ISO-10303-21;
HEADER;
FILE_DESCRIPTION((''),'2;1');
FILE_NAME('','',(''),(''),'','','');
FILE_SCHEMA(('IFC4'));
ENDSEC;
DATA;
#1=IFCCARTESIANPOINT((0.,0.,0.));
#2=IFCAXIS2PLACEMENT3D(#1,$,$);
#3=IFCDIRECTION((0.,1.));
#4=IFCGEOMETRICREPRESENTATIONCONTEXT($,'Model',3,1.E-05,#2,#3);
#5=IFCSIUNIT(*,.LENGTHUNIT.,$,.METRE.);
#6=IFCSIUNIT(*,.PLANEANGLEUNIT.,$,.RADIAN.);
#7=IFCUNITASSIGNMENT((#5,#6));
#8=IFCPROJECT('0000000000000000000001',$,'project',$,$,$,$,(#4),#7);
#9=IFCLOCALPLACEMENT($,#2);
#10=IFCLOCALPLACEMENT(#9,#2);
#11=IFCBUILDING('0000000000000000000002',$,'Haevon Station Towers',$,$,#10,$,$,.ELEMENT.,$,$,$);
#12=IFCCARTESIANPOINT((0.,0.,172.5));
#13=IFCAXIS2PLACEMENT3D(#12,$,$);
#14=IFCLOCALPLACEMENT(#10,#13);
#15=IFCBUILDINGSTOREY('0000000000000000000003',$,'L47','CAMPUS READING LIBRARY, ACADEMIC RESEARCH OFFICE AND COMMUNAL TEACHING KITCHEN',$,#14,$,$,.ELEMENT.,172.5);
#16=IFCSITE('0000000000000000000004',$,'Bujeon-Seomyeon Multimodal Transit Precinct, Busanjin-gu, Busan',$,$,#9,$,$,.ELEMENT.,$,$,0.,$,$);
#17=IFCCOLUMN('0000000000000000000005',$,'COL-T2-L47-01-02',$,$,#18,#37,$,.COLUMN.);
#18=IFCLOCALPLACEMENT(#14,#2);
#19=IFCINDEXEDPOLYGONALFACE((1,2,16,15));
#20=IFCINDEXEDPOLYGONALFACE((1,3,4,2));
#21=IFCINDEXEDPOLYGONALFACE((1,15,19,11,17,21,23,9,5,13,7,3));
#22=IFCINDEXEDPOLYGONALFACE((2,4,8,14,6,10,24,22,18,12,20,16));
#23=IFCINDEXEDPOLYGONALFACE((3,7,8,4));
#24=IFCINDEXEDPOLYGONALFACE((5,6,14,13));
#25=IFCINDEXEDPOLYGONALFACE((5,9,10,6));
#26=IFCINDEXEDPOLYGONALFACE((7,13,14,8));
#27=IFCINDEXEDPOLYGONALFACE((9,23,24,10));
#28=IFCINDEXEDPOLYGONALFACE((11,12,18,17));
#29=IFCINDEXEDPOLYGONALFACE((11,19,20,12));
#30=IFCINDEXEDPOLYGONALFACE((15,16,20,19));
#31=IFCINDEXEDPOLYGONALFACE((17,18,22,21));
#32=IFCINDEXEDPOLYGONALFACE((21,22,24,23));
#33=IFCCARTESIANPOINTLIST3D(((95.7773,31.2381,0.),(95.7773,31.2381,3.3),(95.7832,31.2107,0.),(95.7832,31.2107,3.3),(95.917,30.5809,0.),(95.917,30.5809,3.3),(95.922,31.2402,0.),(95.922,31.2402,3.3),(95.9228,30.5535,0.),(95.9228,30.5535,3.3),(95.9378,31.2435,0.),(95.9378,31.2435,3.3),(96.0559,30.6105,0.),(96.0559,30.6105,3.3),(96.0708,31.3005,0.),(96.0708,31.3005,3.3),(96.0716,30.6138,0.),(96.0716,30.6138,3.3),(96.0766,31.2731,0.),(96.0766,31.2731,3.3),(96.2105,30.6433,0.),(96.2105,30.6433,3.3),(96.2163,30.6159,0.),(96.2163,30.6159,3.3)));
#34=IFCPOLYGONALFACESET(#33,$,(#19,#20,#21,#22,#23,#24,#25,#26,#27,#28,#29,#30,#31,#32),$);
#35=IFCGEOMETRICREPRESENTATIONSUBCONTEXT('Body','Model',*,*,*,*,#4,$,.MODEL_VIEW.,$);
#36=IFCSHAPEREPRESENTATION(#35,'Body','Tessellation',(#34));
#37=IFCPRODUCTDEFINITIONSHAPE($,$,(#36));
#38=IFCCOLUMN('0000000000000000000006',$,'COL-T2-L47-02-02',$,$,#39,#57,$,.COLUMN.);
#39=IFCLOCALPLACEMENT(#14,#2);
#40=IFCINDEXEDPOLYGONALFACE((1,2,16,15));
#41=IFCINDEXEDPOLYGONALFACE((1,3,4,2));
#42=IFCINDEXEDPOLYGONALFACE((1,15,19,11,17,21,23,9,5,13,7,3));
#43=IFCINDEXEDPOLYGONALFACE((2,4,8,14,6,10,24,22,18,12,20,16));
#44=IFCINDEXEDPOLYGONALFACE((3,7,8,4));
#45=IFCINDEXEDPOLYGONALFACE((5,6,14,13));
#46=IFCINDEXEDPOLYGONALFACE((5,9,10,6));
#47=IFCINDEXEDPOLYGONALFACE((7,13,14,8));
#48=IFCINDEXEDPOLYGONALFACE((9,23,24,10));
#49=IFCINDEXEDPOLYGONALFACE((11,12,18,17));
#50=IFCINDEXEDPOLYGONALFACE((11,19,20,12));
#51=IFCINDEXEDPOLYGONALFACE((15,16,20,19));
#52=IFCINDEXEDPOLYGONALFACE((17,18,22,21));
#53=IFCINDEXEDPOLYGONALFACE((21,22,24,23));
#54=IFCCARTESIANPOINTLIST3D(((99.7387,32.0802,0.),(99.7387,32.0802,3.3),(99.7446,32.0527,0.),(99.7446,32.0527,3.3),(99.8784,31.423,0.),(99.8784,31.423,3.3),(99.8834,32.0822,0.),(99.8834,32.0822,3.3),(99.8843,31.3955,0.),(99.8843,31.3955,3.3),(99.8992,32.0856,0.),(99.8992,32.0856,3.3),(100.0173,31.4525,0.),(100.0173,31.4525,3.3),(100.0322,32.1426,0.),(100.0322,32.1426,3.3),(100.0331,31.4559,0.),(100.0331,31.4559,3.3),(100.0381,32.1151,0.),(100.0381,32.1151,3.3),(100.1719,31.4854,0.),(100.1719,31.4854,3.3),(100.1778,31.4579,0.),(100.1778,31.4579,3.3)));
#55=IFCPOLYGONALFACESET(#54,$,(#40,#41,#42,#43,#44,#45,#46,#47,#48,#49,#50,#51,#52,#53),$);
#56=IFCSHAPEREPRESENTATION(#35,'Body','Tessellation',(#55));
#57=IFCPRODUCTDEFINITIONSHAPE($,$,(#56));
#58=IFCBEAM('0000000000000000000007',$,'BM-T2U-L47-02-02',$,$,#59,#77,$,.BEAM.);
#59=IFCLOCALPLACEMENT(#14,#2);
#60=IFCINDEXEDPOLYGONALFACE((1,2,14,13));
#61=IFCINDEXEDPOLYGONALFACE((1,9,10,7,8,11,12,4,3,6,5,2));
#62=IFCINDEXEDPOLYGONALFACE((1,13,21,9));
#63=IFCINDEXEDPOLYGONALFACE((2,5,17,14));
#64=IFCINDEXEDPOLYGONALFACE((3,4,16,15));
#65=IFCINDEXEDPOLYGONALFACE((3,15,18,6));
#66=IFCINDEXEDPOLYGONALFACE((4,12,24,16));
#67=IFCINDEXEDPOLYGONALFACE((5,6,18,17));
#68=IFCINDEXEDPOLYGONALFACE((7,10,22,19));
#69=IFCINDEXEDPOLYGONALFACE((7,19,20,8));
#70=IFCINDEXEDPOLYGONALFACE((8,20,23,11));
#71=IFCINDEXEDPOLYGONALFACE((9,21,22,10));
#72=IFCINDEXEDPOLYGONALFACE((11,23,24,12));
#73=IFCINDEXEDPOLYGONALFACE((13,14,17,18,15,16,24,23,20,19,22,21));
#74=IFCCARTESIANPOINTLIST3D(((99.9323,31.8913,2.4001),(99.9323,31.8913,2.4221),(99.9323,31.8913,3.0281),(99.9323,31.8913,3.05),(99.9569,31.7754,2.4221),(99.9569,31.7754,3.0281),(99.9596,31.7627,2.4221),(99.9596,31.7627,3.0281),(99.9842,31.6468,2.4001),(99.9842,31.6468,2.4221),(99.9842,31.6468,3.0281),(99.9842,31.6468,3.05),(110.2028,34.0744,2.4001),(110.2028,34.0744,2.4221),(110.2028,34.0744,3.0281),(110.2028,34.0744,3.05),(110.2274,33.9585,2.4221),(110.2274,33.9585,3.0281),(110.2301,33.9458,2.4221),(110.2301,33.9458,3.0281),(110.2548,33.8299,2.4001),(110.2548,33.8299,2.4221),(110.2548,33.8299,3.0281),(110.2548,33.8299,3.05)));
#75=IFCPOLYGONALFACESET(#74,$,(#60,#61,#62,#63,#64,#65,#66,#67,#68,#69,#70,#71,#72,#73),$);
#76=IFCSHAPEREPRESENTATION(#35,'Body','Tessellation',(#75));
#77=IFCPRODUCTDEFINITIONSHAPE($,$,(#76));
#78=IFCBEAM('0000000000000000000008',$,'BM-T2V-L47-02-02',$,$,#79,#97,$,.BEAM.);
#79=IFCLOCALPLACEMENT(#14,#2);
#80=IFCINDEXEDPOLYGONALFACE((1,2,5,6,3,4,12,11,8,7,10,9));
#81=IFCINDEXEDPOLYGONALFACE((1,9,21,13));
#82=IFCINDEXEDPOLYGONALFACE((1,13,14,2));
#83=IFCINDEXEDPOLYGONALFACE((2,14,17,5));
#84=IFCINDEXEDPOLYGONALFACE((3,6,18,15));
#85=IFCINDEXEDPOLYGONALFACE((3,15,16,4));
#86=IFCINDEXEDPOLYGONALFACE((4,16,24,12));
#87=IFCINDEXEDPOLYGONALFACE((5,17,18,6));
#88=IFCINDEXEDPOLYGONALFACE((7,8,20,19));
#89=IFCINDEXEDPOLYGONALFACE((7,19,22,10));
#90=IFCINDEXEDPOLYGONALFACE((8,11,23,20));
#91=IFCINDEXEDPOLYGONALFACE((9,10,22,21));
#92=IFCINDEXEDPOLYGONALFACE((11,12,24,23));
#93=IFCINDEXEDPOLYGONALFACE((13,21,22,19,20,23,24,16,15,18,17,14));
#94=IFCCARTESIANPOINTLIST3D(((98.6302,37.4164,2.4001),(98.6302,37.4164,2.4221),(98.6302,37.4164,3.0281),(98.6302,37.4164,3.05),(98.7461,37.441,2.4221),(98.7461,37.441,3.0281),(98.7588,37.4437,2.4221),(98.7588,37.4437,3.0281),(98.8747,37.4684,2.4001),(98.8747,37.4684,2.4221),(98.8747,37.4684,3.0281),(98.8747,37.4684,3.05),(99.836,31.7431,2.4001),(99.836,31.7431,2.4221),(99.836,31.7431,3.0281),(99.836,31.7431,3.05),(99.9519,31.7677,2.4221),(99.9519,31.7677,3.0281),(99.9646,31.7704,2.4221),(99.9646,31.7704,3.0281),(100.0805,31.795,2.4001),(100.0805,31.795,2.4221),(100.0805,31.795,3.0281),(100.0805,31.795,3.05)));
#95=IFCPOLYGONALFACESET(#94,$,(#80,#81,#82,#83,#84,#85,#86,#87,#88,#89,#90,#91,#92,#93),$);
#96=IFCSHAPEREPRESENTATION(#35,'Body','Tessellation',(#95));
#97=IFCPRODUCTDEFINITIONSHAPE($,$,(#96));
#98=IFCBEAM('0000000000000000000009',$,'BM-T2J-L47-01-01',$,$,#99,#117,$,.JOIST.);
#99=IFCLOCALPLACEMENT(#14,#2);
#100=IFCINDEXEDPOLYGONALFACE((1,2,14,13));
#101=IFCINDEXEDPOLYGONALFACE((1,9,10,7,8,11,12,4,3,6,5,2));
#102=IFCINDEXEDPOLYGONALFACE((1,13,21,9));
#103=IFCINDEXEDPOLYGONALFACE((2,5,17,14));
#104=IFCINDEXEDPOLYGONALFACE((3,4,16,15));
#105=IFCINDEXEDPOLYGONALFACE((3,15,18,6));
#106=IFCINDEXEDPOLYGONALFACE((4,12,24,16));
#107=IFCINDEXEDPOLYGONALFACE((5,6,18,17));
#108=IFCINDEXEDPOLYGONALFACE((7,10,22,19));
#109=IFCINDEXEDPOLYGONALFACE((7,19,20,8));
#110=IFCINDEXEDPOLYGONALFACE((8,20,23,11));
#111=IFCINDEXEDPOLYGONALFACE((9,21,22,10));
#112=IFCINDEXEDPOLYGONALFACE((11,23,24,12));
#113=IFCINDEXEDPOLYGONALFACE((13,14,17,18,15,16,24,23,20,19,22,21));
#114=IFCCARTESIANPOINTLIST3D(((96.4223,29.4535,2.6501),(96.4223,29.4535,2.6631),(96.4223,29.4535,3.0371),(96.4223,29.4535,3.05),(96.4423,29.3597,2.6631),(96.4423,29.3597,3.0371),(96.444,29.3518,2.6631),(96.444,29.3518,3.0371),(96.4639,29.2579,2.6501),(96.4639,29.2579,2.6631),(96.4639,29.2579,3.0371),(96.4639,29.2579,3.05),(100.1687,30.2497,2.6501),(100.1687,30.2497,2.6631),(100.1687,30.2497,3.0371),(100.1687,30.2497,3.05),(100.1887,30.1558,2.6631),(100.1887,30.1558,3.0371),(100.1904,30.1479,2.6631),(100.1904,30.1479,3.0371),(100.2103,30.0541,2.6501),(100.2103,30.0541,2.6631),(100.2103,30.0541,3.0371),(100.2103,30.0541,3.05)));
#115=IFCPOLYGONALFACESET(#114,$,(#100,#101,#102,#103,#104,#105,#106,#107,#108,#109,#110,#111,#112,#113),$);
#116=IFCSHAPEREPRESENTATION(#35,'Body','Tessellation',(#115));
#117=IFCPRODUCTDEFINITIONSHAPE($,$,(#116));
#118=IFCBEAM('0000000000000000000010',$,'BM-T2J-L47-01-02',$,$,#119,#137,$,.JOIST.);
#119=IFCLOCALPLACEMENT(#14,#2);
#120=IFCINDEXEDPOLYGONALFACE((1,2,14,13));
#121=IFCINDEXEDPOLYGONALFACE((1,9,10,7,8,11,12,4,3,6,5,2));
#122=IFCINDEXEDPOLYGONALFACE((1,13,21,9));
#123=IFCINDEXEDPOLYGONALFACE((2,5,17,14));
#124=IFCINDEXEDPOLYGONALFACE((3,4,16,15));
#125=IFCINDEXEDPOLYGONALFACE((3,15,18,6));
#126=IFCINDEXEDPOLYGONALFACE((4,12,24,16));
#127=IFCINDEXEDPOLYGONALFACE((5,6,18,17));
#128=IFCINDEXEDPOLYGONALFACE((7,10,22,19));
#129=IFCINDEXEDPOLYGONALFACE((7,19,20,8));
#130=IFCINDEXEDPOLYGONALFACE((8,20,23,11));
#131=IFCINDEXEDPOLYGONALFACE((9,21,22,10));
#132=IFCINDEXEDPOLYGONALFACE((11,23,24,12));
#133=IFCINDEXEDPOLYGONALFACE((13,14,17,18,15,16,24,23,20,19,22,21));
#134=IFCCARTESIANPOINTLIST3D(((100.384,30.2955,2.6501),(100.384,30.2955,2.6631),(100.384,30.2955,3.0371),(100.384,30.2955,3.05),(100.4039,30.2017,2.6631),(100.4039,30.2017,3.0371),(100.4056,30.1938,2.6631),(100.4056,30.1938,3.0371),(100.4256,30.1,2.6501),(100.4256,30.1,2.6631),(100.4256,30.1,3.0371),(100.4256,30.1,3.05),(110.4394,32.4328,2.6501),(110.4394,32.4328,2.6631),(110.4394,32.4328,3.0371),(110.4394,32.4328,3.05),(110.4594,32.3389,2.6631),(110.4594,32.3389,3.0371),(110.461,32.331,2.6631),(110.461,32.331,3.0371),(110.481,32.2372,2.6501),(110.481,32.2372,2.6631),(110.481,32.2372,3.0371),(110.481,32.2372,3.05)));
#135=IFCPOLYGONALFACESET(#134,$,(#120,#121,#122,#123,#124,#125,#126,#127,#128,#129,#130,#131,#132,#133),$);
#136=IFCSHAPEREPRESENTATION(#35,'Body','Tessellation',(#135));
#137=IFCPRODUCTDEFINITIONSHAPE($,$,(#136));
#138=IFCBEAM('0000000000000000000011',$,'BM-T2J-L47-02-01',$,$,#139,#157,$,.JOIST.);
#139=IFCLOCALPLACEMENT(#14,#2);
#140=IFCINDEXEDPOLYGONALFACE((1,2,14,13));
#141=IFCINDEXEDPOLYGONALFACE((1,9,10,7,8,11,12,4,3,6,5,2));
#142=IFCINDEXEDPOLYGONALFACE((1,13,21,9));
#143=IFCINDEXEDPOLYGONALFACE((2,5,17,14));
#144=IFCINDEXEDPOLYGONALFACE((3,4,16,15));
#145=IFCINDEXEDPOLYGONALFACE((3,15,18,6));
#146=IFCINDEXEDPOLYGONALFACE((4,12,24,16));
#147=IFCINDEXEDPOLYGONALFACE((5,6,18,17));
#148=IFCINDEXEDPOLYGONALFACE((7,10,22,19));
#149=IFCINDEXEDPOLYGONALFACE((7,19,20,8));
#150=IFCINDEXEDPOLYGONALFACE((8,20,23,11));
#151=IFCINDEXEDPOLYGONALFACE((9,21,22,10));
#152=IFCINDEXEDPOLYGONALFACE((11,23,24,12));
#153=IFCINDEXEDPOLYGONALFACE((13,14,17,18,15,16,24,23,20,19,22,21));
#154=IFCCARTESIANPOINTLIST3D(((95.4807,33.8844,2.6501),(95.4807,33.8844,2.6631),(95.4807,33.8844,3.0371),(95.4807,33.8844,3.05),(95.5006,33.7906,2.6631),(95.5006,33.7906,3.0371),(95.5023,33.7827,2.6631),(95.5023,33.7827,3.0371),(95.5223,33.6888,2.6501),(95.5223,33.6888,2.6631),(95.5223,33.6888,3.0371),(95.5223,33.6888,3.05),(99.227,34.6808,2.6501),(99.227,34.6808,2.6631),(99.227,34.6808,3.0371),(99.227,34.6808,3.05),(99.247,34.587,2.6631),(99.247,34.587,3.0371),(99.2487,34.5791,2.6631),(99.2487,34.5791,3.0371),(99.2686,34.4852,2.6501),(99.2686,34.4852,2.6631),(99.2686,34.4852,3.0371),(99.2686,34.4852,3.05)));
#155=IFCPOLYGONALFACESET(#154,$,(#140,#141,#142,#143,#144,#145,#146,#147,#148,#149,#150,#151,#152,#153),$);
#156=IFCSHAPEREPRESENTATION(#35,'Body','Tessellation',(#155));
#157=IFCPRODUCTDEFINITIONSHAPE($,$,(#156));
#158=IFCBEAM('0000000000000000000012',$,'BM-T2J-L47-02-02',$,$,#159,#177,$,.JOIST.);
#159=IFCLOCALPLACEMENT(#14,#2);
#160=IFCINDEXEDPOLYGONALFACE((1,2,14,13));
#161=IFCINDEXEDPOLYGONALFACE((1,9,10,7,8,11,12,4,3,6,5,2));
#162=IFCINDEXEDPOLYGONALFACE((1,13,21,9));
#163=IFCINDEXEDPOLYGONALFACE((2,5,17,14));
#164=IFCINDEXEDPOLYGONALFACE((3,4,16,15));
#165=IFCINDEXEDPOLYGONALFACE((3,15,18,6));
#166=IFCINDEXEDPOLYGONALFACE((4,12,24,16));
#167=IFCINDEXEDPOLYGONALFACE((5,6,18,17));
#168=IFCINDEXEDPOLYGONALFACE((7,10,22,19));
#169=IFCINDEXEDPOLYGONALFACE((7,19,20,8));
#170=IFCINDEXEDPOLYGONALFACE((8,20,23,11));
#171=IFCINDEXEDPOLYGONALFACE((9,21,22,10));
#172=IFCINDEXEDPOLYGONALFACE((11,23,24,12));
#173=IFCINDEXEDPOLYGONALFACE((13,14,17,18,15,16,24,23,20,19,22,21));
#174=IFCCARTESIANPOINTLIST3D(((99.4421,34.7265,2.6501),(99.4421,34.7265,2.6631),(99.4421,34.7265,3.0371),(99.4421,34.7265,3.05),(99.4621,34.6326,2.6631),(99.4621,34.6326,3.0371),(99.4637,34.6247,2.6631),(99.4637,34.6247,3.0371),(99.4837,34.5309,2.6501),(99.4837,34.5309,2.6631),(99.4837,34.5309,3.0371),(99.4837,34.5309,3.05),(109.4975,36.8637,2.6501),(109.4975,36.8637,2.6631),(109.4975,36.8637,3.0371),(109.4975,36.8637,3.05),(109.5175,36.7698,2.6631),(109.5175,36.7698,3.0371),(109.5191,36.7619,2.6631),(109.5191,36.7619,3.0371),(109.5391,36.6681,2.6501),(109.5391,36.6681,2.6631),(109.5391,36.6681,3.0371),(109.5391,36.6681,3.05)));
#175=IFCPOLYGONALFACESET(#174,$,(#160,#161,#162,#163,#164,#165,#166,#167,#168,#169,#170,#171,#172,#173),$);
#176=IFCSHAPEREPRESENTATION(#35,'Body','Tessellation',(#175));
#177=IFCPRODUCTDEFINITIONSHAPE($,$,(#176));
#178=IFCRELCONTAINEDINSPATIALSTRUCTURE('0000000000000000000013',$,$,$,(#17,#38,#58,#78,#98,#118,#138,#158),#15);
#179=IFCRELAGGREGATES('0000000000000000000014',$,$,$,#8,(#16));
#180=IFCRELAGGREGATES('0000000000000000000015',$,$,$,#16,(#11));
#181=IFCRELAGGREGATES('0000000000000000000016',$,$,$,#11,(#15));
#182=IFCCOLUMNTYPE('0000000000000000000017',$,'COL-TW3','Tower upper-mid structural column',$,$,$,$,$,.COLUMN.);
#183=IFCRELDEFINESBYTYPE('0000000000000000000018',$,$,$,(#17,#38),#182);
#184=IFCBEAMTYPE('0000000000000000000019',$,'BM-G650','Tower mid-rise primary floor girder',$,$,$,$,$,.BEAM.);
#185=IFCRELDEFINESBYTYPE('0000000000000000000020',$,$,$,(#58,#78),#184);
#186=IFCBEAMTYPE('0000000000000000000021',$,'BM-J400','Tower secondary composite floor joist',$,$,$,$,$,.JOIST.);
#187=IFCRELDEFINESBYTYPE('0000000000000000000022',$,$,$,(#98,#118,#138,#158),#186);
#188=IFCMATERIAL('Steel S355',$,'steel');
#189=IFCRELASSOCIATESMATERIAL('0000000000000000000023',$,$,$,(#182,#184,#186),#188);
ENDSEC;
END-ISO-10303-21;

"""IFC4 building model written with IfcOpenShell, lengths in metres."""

from ifc_helpers import new_model, si_unit, direction, frame, origin, origin_2d, place, context, subcontext, project, spatial, i_section, extrude, material, material_profile, profile_set, type_object, element, save


model = new_model("IFC4")

# Units and contexts
model_context = context("Model", 3, precision=1e-05, world=origin(), true_north=direction((0.0, 1.0)))
body_context = subcontext(model_context, "Body", "Model", "MODEL_VIEW")
ifc_project = project(units=[si_unit("LENGTHUNIT", "METRE"), si_unit("PLANEANGLEUNIT", "RADIAN")], contexts=[model_context])

# Site, building, storey
site_placement = place(None, origin())
site = spatial("IfcSite", under=ifc_project, at=site_placement, Name="Bujeon-Seomyeon Multimodal Transit Precinct, Busanjin-gu, Busan", CompositionType="ELEMENT", RefElevation=0.0)
building_placement = place(site_placement, origin())
building = spatial("IfcBuilding", under=site, at=building_placement, Name="Haevon Station Towers", CompositionType="ELEMENT")
storey_placement = place(building_placement, frame((0.0, 0.0, 172.5)))
storey = spatial("IfcBuildingStorey", under=building, at=storey_placement, Name="L47", Description="CAMPUS READING LIBRARY, ACADEMIC RESEARCH OFFICE AND COMMUNAL TEACHING KITCHEN", CompositionType="ELEMENT", Elevation=172.5)

# Columns
ifc_material_1 = material(Name="Steel S355", Category="steel")
ifc_material_profile_1 = material_profile(ifc_material_1, i_section(OverallWidth=0.3, OverallDepth=0.7, WebThickness=0.0161, FlangeThickness=0.0281, at=origin_2d()), Name="H-700x300x16x28")
ifc_profile_set_1 = profile_set([ifc_material_profile_1], Name="Steel S355")
column_type = type_object("IfcColumnType", Name="COL-TW3", Description="Tower upper-mid structural column", PredefinedType="COLUMN", material=ifc_profile_set_1)
for number, where, z_axis, x_axis, name in (
    (1, (95.9968, 30.927, 0.0), (0.0, 0.0, 1.0), (0.978148, 0.207912, 0.0), "COL-T2-L47-01-02"),
    (2, (99.9583, 31.769, 0.0), (0.0, 0.0, 1.0), (0.978148, 0.207912, 0.0), "COL-T2-L47-02-02"),
):
    element("IfcColumn", number, at=place(storey_placement, frame(where, z_axis=z_axis, x_axis=x_axis)), inside=storey, type_object=column_type, Name=name, PredefinedType="COLUMN", context=body_context, shape_type="SweptSolid", body=[
        extrude(i_section(OverallWidth=0.3, OverallDepth=0.7, WebThickness=0.0161, FlangeThickness=0.0281, at=origin_2d()), origin(), (0.0, 0.0, 1.0), 3.3),
    ])

# Beams
ifc_material_profile_2 = material_profile(ifc_material_1, i_section(OverallWidth=0.25, OverallDepth=0.6499, WebThickness=0.0129, FlangeThickness=0.022, at=origin_2d()), Name="H-650x250x13x22")
ifc_profile_set_2 = profile_set([ifc_material_profile_2], Name="Steel S355")
beam_type_1 = type_object("IfcBeamType", Name="BM-G650", Description="Tower mid-rise primary floor girder", PredefinedType="BEAM", material=ifc_profile_set_2)
beam_1_placement = place(storey_placement, frame((99.9583, 31.769, 2.7251), z_axis=(0.978147, 0.207915, 0.0), x_axis=(-0.207915, 0.978147, 0.0)))
element("IfcBeam", 3, at=beam_1_placement, inside=storey, type_object=beam_type_1, Name="BM-T2U-L47-02-02", PredefinedType="BEAM", context=body_context, shape_type="SweptSolid", body=[
    extrude(i_section(OverallWidth=0.25, OverallDepth=0.6499, WebThickness=0.0129, FlangeThickness=0.022, at=origin_2d()), origin(), (0.0, 0.0, 1.0), 10.5),
])
beam_2_placement = place(storey_placement, frame((99.9583, 31.769, 2.7251), z_axis=(-0.207896, 0.978151, 0.0), x_axis=(-0.978151, -0.207896, 0.0)))
element("IfcBeam", 4, at=beam_2_placement, inside=storey, type_object=beam_type_1, Name="BM-T2V-L47-02-02", PredefinedType="BEAM", context=body_context, shape_type="SweptSolid", body=[
    extrude(i_section(OverallWidth=0.25, OverallDepth=0.6499, WebThickness=0.0129, FlangeThickness=0.022, at=origin_2d()), origin(), (0.0, 0.0, 1.0), 5.8),
])
ifc_material_profile_3 = material_profile(ifc_material_1, i_section(OverallWidth=0.2, OverallDepth=0.3999, WebThickness=0.0081, FlangeThickness=0.0129, at=origin_2d()), Name="H-400x200x8x13")
ifc_profile_set_3 = profile_set([ifc_material_profile_3], Name="Steel S355")
beam_type_2 = type_object("IfcBeamType", Name="BM-J400", Description="Tower secondary composite floor joist", PredefinedType="JOIST", material=ifc_profile_set_3)
beam_3_placement = place(storey_placement, frame((96.4431, 29.3557, 2.8501), z_axis=(0.978156, 0.20787, 0.0), x_axis=(-0.20787, 0.978156, 0.0)))
element("IfcBeam", 5, at=beam_3_placement, inside=storey, type_object=beam_type_2, Name="BM-T2J-L47-01-01", PredefinedType="JOIST", context=body_context, shape_type="SweptSolid", body=[
    extrude(i_section(OverallWidth=0.2, OverallDepth=0.3999, WebThickness=0.0081, FlangeThickness=0.0129, at=origin_2d()), origin(), (0.0, 0.0, 1.0), 3.8301),
])
beam_4_placement = place(storey_placement, frame((100.4048, 30.1978, 2.8501), z_axis=(0.97815, 0.207899, 0.0), x_axis=(-0.207899, 0.97815, 0.0)))
element("IfcBeam", 6, at=beam_4_placement, inside=storey, type_object=beam_type_2, Name="BM-T2J-L47-01-02", PredefinedType="JOIST", context=body_context, shape_type="SweptSolid", body=[
    extrude(i_section(OverallWidth=0.2, OverallDepth=0.3999, WebThickness=0.0081, FlangeThickness=0.0129, at=origin_2d()), origin(), (0.0, 0.0, 1.0), 10.28),
])
beam_5_placement = place(storey_placement, frame((95.5015, 33.7866, 2.8501), z_axis=(0.978143, 0.207931, 0.0), x_axis=(-0.207931, 0.978143, 0.0)))
element("IfcBeam", 7, at=beam_5_placement, inside=storey, type_object=beam_type_2, Name="BM-T2J-L47-02-01", PredefinedType="JOIST", context=body_context, shape_type="SweptSolid", body=[
    extrude(i_section(OverallWidth=0.2, OverallDepth=0.3999, WebThickness=0.0081, FlangeThickness=0.0129, at=origin_2d()), origin(), (0.0, 0.0, 1.0), 3.8301),
])
beam_6_placement = place(storey_placement, frame((99.4629, 34.6287, 2.8501), z_axis=(0.97815, 0.207899, 0.0), x_axis=(-0.207899, 0.97815, 0.0)))
element("IfcBeam", 8, at=beam_6_placement, inside=storey, type_object=beam_type_2, Name="BM-T2J-L47-02-02", PredefinedType="JOIST", context=body_context, shape_type="SweptSolid", body=[
    extrude(i_section(OverallWidth=0.2, OverallDepth=0.3999, WebThickness=0.0081, FlangeThickness=0.0129, at=origin_2d()), origin(), (0.0, 0.0, 1.0), 10.28),
])

save(model, "model.ifc")
